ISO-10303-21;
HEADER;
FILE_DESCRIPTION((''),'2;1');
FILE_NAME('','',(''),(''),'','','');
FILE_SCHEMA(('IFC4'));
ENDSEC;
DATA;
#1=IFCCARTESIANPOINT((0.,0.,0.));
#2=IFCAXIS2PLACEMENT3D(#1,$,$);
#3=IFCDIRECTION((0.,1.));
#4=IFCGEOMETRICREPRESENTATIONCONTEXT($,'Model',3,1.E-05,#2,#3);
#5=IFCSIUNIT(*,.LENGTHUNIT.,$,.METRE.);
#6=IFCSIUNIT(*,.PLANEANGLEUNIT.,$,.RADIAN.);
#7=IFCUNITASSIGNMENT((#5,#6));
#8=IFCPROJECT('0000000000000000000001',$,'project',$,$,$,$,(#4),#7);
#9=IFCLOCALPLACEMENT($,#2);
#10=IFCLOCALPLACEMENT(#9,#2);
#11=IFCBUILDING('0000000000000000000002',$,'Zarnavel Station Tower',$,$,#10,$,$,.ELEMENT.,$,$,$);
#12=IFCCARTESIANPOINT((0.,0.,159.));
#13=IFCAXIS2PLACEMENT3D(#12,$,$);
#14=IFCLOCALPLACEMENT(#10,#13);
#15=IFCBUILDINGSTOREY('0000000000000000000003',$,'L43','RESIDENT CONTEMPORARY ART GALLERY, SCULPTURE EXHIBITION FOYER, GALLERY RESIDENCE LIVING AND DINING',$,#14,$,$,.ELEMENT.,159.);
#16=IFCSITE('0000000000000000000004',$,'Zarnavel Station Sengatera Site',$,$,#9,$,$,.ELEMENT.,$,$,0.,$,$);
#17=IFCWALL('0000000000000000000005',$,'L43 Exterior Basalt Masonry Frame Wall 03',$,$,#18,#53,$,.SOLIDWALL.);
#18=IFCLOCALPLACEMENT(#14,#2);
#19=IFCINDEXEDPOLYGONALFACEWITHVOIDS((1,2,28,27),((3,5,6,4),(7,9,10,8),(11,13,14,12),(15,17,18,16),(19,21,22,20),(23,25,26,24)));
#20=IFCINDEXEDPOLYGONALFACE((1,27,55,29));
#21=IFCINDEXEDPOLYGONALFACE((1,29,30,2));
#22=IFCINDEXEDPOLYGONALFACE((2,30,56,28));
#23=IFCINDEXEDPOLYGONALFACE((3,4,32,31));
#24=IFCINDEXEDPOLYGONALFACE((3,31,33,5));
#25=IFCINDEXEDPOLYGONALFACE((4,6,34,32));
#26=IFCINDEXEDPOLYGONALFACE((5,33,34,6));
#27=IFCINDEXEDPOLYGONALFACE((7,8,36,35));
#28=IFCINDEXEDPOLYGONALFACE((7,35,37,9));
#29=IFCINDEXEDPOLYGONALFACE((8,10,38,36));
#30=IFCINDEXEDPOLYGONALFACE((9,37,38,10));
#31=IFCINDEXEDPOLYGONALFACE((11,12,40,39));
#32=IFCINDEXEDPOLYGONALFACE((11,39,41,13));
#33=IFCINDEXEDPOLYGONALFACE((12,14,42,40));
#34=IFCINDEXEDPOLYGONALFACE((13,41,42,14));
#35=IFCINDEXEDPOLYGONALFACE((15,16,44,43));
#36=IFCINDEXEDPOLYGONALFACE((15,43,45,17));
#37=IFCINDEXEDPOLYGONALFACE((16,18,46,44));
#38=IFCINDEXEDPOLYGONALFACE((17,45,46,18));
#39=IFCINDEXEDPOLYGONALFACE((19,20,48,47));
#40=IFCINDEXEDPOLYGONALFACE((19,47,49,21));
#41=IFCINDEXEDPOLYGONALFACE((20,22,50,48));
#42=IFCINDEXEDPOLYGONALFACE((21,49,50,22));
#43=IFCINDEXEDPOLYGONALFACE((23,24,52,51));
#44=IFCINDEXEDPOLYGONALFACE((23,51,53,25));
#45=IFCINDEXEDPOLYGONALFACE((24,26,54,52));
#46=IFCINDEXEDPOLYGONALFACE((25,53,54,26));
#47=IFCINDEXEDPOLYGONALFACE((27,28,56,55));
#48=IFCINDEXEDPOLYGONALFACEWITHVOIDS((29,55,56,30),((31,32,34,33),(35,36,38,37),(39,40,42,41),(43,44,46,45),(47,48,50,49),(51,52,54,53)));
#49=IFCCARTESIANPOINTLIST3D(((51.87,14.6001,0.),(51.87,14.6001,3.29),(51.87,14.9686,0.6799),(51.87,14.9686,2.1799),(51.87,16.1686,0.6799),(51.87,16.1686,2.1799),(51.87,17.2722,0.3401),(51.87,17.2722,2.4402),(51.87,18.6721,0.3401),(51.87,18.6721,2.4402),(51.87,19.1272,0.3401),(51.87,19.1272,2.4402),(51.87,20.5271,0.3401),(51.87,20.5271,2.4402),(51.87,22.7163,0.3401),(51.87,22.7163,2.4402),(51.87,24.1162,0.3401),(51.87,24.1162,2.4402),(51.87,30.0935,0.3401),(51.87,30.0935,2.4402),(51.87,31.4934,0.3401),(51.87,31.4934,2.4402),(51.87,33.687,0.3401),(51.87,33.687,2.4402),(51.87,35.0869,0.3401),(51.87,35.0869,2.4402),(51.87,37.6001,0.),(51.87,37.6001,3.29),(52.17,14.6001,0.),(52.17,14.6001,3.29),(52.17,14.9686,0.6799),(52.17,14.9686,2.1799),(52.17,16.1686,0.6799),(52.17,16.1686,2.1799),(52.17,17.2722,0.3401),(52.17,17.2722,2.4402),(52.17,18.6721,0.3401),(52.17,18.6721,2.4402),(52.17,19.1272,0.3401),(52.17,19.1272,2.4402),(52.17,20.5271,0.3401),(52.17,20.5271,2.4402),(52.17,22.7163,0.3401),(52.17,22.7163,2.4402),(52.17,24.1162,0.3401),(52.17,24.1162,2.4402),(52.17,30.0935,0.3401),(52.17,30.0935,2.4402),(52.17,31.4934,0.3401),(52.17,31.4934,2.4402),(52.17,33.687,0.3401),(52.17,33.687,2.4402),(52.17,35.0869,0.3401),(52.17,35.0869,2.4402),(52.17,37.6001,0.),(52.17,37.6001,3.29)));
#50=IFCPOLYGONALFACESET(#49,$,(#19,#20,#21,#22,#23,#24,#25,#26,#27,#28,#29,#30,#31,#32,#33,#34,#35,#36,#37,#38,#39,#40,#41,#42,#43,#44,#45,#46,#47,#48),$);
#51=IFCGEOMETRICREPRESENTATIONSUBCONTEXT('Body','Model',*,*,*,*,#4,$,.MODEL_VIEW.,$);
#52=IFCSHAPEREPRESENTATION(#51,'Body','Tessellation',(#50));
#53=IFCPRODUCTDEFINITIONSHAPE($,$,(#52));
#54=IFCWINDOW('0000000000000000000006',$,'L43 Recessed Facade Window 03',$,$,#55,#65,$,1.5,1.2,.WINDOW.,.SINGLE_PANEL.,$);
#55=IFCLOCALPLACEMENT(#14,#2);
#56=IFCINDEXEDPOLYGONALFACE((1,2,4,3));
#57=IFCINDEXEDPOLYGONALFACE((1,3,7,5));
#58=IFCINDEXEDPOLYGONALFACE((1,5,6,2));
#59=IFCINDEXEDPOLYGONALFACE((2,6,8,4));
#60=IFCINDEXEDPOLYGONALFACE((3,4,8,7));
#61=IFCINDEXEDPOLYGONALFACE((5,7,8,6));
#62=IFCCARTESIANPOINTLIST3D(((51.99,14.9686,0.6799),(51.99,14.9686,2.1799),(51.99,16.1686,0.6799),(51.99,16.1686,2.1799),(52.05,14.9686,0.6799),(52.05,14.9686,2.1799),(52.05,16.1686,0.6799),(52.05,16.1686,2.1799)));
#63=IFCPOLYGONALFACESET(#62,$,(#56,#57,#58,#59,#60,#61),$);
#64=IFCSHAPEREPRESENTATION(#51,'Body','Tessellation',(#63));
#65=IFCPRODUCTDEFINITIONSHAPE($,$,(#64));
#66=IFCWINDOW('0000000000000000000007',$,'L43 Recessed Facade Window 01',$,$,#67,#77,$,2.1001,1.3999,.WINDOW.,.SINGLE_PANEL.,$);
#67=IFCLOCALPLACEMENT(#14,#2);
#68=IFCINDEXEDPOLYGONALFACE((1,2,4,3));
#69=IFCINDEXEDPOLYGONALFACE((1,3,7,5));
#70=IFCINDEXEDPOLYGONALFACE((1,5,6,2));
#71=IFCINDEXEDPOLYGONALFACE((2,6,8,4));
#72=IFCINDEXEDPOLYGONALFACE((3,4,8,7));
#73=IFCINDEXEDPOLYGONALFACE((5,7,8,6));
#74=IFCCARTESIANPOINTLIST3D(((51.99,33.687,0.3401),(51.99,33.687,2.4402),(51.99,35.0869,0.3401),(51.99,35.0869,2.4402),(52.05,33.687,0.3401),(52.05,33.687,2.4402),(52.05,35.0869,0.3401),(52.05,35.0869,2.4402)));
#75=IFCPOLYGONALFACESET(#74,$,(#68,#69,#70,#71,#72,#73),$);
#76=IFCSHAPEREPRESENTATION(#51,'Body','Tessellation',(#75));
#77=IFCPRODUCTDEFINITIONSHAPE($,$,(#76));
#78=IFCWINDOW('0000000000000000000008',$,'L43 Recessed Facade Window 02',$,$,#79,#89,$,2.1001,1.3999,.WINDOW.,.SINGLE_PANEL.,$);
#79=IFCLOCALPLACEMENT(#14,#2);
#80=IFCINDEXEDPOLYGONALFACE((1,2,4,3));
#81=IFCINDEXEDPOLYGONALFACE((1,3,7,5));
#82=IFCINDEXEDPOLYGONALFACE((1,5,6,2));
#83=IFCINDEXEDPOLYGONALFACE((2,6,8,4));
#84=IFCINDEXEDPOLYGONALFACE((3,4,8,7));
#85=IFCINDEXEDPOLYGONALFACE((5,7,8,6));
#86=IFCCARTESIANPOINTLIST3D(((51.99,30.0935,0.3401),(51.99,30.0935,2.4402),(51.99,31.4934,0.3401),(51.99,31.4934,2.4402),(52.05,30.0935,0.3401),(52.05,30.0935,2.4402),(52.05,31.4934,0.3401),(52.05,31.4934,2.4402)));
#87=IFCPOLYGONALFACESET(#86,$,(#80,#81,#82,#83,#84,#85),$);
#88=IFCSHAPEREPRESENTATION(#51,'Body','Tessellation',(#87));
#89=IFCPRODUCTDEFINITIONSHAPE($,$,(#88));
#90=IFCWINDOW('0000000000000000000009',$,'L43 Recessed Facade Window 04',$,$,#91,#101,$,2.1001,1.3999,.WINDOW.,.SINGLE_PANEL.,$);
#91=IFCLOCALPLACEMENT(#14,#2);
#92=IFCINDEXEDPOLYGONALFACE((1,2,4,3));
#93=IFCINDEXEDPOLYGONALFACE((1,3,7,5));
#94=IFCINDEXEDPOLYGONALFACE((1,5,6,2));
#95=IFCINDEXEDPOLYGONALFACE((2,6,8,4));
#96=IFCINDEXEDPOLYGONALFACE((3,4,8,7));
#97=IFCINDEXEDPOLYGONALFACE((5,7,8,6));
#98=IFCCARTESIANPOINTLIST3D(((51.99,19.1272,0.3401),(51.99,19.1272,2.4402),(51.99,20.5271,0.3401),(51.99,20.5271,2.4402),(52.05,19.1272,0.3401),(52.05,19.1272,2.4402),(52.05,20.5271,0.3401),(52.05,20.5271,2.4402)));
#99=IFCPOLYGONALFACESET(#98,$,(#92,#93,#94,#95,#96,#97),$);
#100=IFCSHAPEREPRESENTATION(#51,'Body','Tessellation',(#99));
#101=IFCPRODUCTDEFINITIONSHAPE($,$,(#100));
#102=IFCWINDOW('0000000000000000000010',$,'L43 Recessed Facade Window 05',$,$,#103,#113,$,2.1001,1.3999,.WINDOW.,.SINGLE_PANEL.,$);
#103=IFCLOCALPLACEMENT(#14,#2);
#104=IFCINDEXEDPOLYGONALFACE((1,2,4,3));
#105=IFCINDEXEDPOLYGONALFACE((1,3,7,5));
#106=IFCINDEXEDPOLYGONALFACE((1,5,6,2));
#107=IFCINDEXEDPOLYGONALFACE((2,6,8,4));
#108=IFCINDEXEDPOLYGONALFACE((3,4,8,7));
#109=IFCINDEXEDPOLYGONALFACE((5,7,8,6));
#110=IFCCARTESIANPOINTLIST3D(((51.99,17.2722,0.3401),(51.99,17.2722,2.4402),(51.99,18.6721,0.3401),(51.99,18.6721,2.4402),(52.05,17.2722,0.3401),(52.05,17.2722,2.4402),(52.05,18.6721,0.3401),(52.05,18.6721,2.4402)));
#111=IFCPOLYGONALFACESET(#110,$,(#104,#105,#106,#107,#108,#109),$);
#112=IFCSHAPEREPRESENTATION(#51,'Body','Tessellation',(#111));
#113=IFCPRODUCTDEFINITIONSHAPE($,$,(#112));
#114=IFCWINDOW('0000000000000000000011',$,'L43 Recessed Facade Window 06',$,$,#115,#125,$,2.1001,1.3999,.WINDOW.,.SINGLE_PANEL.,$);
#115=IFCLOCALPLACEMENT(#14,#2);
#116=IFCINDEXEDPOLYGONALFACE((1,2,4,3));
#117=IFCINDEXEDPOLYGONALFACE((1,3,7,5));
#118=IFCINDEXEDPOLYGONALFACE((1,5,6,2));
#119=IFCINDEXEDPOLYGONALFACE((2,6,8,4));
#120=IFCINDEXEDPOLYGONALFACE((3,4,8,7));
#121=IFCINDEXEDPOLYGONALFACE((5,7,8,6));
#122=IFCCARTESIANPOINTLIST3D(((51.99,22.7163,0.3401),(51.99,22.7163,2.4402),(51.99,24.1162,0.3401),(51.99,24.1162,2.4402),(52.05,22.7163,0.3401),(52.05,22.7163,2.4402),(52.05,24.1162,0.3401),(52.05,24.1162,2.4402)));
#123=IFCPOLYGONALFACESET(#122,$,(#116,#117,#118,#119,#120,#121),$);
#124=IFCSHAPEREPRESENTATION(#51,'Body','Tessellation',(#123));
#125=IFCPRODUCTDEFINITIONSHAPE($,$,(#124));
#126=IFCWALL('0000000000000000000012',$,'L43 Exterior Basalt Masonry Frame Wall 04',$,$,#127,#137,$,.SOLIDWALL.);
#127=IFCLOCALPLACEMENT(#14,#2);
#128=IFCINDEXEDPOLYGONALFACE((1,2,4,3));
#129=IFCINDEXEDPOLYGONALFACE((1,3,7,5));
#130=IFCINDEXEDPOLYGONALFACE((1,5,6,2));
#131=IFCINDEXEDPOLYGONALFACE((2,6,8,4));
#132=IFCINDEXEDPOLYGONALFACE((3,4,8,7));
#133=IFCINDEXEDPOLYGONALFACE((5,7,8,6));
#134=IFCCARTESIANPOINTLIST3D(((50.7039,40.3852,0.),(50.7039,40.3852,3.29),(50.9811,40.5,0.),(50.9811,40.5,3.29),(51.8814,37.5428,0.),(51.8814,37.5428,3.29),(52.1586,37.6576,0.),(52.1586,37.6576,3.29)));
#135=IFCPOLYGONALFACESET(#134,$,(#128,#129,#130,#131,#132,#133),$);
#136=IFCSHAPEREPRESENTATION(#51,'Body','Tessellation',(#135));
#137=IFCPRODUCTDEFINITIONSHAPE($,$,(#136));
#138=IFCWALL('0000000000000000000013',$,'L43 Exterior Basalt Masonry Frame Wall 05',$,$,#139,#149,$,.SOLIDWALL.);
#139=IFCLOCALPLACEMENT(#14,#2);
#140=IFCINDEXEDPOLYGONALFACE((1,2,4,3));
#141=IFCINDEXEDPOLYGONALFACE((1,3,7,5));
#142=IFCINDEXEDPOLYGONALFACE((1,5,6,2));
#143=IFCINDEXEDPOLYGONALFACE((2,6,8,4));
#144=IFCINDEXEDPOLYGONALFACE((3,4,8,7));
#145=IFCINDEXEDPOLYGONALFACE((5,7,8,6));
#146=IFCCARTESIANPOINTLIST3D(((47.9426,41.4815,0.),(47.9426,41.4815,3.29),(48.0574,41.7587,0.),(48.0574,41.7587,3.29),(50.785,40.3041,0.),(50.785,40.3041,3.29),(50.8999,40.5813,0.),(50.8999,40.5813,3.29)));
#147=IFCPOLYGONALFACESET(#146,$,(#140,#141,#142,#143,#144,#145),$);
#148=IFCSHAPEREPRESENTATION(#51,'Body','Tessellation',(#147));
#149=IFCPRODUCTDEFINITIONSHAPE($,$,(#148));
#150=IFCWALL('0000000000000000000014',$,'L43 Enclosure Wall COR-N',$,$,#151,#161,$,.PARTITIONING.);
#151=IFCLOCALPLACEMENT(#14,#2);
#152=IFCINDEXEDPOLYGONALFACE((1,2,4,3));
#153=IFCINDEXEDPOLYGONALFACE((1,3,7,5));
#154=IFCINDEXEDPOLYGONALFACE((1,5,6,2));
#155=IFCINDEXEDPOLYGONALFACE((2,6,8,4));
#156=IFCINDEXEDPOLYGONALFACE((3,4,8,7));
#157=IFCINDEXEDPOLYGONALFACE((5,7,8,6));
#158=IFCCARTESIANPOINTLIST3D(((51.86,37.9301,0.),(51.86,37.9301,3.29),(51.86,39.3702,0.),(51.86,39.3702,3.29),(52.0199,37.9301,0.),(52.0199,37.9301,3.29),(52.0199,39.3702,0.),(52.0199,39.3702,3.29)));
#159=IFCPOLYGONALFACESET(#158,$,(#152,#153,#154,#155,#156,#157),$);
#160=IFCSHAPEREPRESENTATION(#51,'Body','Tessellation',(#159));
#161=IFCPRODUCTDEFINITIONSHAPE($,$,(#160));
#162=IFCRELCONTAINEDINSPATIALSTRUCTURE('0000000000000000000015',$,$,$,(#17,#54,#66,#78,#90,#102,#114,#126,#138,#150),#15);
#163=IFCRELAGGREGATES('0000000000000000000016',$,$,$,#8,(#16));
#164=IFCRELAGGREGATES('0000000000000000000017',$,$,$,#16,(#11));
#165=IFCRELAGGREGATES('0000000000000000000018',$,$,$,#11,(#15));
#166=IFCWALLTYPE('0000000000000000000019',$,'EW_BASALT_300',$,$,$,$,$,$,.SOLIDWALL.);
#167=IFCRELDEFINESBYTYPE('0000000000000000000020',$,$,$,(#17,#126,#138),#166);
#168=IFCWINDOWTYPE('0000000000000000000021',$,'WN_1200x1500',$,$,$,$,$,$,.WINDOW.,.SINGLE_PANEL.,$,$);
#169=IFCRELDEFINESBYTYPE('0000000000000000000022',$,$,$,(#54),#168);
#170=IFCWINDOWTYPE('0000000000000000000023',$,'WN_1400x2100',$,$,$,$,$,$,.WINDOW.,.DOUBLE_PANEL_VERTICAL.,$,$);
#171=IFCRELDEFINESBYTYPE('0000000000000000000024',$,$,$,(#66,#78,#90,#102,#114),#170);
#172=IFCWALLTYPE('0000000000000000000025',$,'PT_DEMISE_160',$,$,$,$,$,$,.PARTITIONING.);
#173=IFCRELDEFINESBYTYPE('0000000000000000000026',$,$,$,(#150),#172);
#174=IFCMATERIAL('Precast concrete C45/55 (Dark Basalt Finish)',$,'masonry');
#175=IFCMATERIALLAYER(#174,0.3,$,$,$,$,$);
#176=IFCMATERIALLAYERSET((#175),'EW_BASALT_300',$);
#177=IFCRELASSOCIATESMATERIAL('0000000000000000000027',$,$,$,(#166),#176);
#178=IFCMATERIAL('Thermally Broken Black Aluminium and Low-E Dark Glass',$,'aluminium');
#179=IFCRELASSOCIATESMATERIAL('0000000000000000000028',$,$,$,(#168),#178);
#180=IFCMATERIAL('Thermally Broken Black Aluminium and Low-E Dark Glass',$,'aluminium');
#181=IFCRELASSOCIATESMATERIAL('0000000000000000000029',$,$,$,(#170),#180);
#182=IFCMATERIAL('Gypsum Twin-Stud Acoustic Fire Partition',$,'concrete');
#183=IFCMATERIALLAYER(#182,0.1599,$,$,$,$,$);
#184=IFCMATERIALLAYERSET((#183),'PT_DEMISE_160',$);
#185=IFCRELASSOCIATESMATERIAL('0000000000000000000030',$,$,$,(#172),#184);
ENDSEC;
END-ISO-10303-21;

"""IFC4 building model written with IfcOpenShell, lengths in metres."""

from ifc_helpers import new_model, si_unit, direction, frame, frame_2d, origin, place, context, subcontext, project, spatial, rectangle, extrude, material, layer, layer_set, type_object, element, fill, save


model = new_model("IFC4")

# Units and contexts
model_context = context("Model", 3, precision=1e-05, world=origin(), true_north=direction((0.0, 1.0)))
body_context = subcontext(model_context, "Body", "Model", "MODEL_VIEW")
ifc_project = project(units=[si_unit("LENGTHUNIT", "METRE"), si_unit("PLANEANGLEUNIT", "RADIAN")], contexts=[model_context])

# Site, building, storey
site_placement = place(None, origin())
site = spatial("IfcSite", under=ifc_project, at=site_placement, Name="Zarnavel Station Sengatera Site", CompositionType="ELEMENT", RefElevation=0.0)
building_placement = place(site_placement, origin())
building = spatial("IfcBuilding", under=site, at=building_placement, Name="Zarnavel Station Tower", CompositionType="ELEMENT")
storey_placement = place(building_placement, frame((0.0, 0.0, 159.0)))
storey = spatial("IfcBuildingStorey", under=building, at=storey_placement, Name="L43", Description="RESIDENT CONTEMPORARY ART GALLERY, SCULPTURE EXHIBITION FOYER, GALLERY RESIDENCE LIVING AND DINING", CompositionType="ELEMENT", Elevation=159.0)

# Wall, openings, windows
ifc_material_1 = material(Name="Precast concrete C45/55 (Dark Basalt Finish)", Category="masonry")
ifc_layer_1 = layer(ifc_material_1, 0.3)
ifc_layer_set_1 = layer_set([ifc_layer_1], Name="EW_BASALT_300")
wall_type_1 = type_object("IfcWallType", Name="EW_BASALT_300", PredefinedType="SOLIDWALL", material=ifc_layer_set_1)
wall_1_placement = place(storey_placement, frame((52.02, 37.6001, 0.0), z_axis=(0.0, 0.0, 1.0), x_axis=(0.0, -1.0, 0.0)))
wall_1 = element("IfcWall", 1, at=wall_1_placement, inside=storey, type_object=wall_type_1, Name="L43 Exterior Basalt Masonry Frame Wall 03", PredefinedType="SOLIDWALL", context=body_context, shape_type="SweptSolid", body=[
    extrude(rectangle(XDim=23.0, YDim=0.3, at=frame_2d((11.5, 0.0))), origin(), (0.0, 0.0, 1.0), 3.29),
])
opening_1_placement = place(wall_1_placement, frame((2.5132, 0.0, 0.3401)))
opening_1 = element("IfcOpeningElement", 2, at=opening_1_placement, cuts=wall_1, PredefinedType="OPENING", context=body_context, shape_type="SweptSolid", body=[
    extrude(rectangle(XDim=1.3999, YDim=2.1001, at=frame_2d((0.7, 1.05))), frame((0.0, 0.1599, 0.0), z_axis=(0.0, -1.0, 0.0), x_axis=(1.0, 0.0, 0.0)), (0.0, 0.0, 1.0), 0.3201),
])
opening_2_placement = place(wall_1_placement, frame((6.1067, 0.0, 0.3401)))
opening_2 = element("IfcOpeningElement", 3, at=opening_2_placement, cuts=wall_1, PredefinedType="OPENING", context=body_context, shape_type="SweptSolid", body=[
    extrude(rectangle(XDim=1.3999, YDim=2.1001, at=frame_2d((0.7, 1.05))), frame((0.0, 0.1599, 0.0), z_axis=(0.0, -1.0, 0.0), x_axis=(1.0, 0.0, 0.0)), (0.0, 0.0, 1.0), 0.3201),
])
opening_3_placement = place(wall_1_placement, frame((21.4314, 0.0, 0.6799)))
opening_3 = element("IfcOpeningElement", 4, at=opening_3_placement, cuts=wall_1, PredefinedType="OPENING", context=body_context, shape_type="SweptSolid", body=[
    extrude(rectangle(XDim=1.2, YDim=1.5, at=frame_2d((0.6001, 0.75))), frame((0.0, 0.1599, 0.0), z_axis=(0.0, -1.0, 0.0), x_axis=(1.0, 0.0, 0.0)), (0.0, 0.0, 1.0), 0.3201),
])
opening_4_placement = place(wall_1_placement, frame((17.073, 0.0, 0.3401)))
opening_4 = element("IfcOpeningElement", 5, at=opening_4_placement, cuts=wall_1, PredefinedType="OPENING", context=body_context, shape_type="SweptSolid", body=[
    extrude(rectangle(XDim=1.3999, YDim=2.1001, at=frame_2d((0.7, 1.05))), frame((0.0, 0.1599, 0.0), z_axis=(0.0, -1.0, 0.0), x_axis=(1.0, 0.0, 0.0)), (0.0, 0.0, 1.0), 0.3201),
])
opening_5_placement = place(wall_1_placement, frame((18.928, 0.0, 0.3401)))
opening_5 = element("IfcOpeningElement", 6, at=opening_5_placement, cuts=wall_1, PredefinedType="OPENING", context=body_context, shape_type="SweptSolid", body=[
    extrude(rectangle(XDim=1.3999, YDim=2.1001, at=frame_2d((0.7, 1.05))), frame((0.0, 0.1599, 0.0), z_axis=(0.0, -1.0, 0.0), x_axis=(1.0, 0.0, 0.0)), (0.0, 0.0, 1.0), 0.3201),
])
opening_6_placement = place(wall_1_placement, frame((13.4839, 0.0, 0.3401)))
opening_6 = element("IfcOpeningElement", 7, at=opening_6_placement, cuts=wall_1, PredefinedType="OPENING", context=body_context, shape_type="SweptSolid", body=[
    extrude(rectangle(XDim=1.3999, YDim=2.1001, at=frame_2d((0.7, 1.05))), frame((0.0, 0.1599, 0.0), z_axis=(0.0, -1.0, 0.0), x_axis=(1.0, 0.0, 0.0)), (0.0, 0.0, 1.0), 0.3201),
])
ifc_material_2 = material(Name="Thermally Broken Black Aluminium and Low-E Dark Glass", Category="aluminium")
window_type_1 = type_object("IfcWindowType", Name="WN_1200x1500", PartitioningType="SINGLE_PANEL", PredefinedType="WINDOW", material=ifc_material_2)
window_1_placement = place(opening_3_placement, origin())
window_1 = element("IfcWindow", 8, at=window_1_placement, inside=storey, type_object=window_type_1, Name="L43 Recessed Facade Window 03", OverallHeight=1.5, OverallWidth=1.2, PartitioningType="SINGLE_PANEL", PredefinedType="WINDOW", context=body_context, shape_type="SweptSolid", body=[
    extrude(rectangle(XDim=1.2, YDim=1.5, at=frame_2d((0.6001, 0.75))), frame((0.0, 0.03, 0.0), z_axis=(0.0, -1.0, 0.0), x_axis=(1.0, 0.0, 0.0)), (0.0, 0.0, 1.0), 0.0601),
])
fill(opening_3, window_1)
ifc_material_3 = material(Name="Thermally Broken Black Aluminium and Low-E Dark Glass", Category="aluminium")
window_type_2 = type_object("IfcWindowType", Name="WN_1400x2100", PartitioningType="DOUBLE_PANEL_VERTICAL", PredefinedType="WINDOW", material=ifc_material_3)
window_2_placement = place(opening_1_placement, origin())
window_2 = element("IfcWindow", 9, at=window_2_placement, inside=storey, type_object=window_type_2, Name="L43 Recessed Facade Window 01", OverallHeight=2.1001, OverallWidth=1.3999, PartitioningType="SINGLE_PANEL", PredefinedType="WINDOW", context=body_context, shape_type="SweptSolid", body=[
    extrude(rectangle(XDim=1.3999, YDim=2.1001, at=frame_2d((0.7, 1.05))), frame((0.0, 0.03, 0.0), z_axis=(0.0, -1.0, 0.0), x_axis=(1.0, 0.0, 0.0)), (0.0, 0.0, 1.0), 0.0601),
])
fill(opening_1, window_2)
window_3_placement = place(opening_2_placement, origin())
window_3 = element("IfcWindow", 10, at=window_3_placement, inside=storey, type_object=window_type_2, Name="L43 Recessed Facade Window 02", OverallHeight=2.1001, OverallWidth=1.3999, PartitioningType="SINGLE_PANEL", PredefinedType="WINDOW", context=body_context, shape_type="SweptSolid", body=[
    extrude(rectangle(XDim=1.3999, YDim=2.1001, at=frame_2d((0.7, 1.05))), frame((0.0, 0.03, 0.0), z_axis=(0.0, -1.0, 0.0), x_axis=(1.0, 0.0, 0.0)), (0.0, 0.0, 1.0), 0.0601),
])
fill(opening_2, window_3)
window_4_placement = place(opening_4_placement, origin())
window_4 = element("IfcWindow", 11, at=window_4_placement, inside=storey, type_object=window_type_2, Name="L43 Recessed Facade Window 04", OverallHeight=2.1001, OverallWidth=1.3999, PartitioningType="SINGLE_PANEL", PredefinedType="WINDOW", context=body_context, shape_type="SweptSolid", body=[
    extrude(rectangle(XDim=1.3999, YDim=2.1001, at=frame_2d((0.7, 1.05))), frame((0.0, 0.03, 0.0), z_axis=(0.0, -1.0, 0.0), x_axis=(1.0, 0.0, 0.0)), (0.0, 0.0, 1.0), 0.0601),
])
fill(opening_4, window_4)
window_5_placement = place(opening_5_placement, origin())
window_5 = element("IfcWindow", 12, at=window_5_placement, inside=storey, type_object=window_type_2, Name="L43 Recessed Facade Window 05", OverallHeight=2.1001, OverallWidth=1.3999, PartitioningType="SINGLE_PANEL", PredefinedType="WINDOW", context=body_context, shape_type="SweptSolid", body=[
    extrude(rectangle(XDim=1.3999, YDim=2.1001, at=frame_2d((0.7, 1.05))), frame((0.0, 0.03, 0.0), z_axis=(0.0, -1.0, 0.0), x_axis=(1.0, 0.0, 0.0)), (0.0, 0.0, 1.0), 0.0601),
])
fill(opening_5, window_5)
window_6_placement = place(opening_6_placement, origin())
window_6 = element("IfcWindow", 13, at=window_6_placement, inside=storey, type_object=window_type_2, Name="L43 Recessed Facade Window 06", OverallHeight=2.1001, OverallWidth=1.3999, PartitioningType="SINGLE_PANEL", PredefinedType="WINDOW", context=body_context, shape_type="SweptSolid", body=[
    extrude(rectangle(XDim=1.3999, YDim=2.1001, at=frame_2d((0.7, 1.05))), frame((0.0, 0.03, 0.0), z_axis=(0.0, -1.0, 0.0), x_axis=(1.0, 0.0, 0.0)), (0.0, 0.0, 1.0), 0.0601),
])
fill(opening_6, window_6)

# Walls
for number, where, z_axis, x_axis, name in (
    (14, (50.8425, 40.4426, 0.0), (0.0, 0.0, 1.0), (0.382705, -0.923871, 0.0), "L43 Exterior Basalt Masonry Frame Wall 04"),
    (15, (48.0, 41.6201, 0.0), (0.0, 0.0, 1.0), (0.923871, -0.382705, 0.0), "L43 Exterior Basalt Masonry Frame Wall 05"),
):
    element("IfcWall", number, at=place(storey_placement, frame(where, z_axis=z_axis, x_axis=x_axis)), inside=storey, type_object=wall_type_1, Name=name, PredefinedType="SOLIDWALL", context=body_context, shape_type="SweptSolid", body=[
        extrude(rectangle(XDim=3.0767, YDim=0.3, at=frame_2d((1.5383, 0.0))), origin(), (0.0, 0.0, 1.0), 3.29),
    ])
ifc_material_4 = material(Name="Gypsum Twin-Stud Acoustic Fire Partition", Category="concrete")
ifc_layer_2 = layer(ifc_material_4, 0.1599)
ifc_layer_set_2 = layer_set([ifc_layer_2], Name="PT_DEMISE_160")
wall_type_2 = type_object("IfcWallType", Name="PT_DEMISE_160", PredefinedType="PARTITIONING", material=ifc_layer_set_2)
wall_2_placement = place(storey_placement, frame((51.9399, 37.9299, 0.0), z_axis=(0.0, 0.0, 1.0), x_axis=(0.0, 1.0, 0.0)))
element("IfcWall", 16, at=wall_2_placement, inside=storey, type_object=wall_type_2, Name="L43 Enclosure Wall COR-N", PredefinedType="PARTITIONING", context=body_context, shape_type="SweptSolid", body=[
    extrude(rectangle(XDim=1.4402, YDim=0.1599, at=frame_2d((0.7202, 0.0))), origin(), (0.0, 0.0, 1.0), 3.29),
])

save(model, "model.ifc")
